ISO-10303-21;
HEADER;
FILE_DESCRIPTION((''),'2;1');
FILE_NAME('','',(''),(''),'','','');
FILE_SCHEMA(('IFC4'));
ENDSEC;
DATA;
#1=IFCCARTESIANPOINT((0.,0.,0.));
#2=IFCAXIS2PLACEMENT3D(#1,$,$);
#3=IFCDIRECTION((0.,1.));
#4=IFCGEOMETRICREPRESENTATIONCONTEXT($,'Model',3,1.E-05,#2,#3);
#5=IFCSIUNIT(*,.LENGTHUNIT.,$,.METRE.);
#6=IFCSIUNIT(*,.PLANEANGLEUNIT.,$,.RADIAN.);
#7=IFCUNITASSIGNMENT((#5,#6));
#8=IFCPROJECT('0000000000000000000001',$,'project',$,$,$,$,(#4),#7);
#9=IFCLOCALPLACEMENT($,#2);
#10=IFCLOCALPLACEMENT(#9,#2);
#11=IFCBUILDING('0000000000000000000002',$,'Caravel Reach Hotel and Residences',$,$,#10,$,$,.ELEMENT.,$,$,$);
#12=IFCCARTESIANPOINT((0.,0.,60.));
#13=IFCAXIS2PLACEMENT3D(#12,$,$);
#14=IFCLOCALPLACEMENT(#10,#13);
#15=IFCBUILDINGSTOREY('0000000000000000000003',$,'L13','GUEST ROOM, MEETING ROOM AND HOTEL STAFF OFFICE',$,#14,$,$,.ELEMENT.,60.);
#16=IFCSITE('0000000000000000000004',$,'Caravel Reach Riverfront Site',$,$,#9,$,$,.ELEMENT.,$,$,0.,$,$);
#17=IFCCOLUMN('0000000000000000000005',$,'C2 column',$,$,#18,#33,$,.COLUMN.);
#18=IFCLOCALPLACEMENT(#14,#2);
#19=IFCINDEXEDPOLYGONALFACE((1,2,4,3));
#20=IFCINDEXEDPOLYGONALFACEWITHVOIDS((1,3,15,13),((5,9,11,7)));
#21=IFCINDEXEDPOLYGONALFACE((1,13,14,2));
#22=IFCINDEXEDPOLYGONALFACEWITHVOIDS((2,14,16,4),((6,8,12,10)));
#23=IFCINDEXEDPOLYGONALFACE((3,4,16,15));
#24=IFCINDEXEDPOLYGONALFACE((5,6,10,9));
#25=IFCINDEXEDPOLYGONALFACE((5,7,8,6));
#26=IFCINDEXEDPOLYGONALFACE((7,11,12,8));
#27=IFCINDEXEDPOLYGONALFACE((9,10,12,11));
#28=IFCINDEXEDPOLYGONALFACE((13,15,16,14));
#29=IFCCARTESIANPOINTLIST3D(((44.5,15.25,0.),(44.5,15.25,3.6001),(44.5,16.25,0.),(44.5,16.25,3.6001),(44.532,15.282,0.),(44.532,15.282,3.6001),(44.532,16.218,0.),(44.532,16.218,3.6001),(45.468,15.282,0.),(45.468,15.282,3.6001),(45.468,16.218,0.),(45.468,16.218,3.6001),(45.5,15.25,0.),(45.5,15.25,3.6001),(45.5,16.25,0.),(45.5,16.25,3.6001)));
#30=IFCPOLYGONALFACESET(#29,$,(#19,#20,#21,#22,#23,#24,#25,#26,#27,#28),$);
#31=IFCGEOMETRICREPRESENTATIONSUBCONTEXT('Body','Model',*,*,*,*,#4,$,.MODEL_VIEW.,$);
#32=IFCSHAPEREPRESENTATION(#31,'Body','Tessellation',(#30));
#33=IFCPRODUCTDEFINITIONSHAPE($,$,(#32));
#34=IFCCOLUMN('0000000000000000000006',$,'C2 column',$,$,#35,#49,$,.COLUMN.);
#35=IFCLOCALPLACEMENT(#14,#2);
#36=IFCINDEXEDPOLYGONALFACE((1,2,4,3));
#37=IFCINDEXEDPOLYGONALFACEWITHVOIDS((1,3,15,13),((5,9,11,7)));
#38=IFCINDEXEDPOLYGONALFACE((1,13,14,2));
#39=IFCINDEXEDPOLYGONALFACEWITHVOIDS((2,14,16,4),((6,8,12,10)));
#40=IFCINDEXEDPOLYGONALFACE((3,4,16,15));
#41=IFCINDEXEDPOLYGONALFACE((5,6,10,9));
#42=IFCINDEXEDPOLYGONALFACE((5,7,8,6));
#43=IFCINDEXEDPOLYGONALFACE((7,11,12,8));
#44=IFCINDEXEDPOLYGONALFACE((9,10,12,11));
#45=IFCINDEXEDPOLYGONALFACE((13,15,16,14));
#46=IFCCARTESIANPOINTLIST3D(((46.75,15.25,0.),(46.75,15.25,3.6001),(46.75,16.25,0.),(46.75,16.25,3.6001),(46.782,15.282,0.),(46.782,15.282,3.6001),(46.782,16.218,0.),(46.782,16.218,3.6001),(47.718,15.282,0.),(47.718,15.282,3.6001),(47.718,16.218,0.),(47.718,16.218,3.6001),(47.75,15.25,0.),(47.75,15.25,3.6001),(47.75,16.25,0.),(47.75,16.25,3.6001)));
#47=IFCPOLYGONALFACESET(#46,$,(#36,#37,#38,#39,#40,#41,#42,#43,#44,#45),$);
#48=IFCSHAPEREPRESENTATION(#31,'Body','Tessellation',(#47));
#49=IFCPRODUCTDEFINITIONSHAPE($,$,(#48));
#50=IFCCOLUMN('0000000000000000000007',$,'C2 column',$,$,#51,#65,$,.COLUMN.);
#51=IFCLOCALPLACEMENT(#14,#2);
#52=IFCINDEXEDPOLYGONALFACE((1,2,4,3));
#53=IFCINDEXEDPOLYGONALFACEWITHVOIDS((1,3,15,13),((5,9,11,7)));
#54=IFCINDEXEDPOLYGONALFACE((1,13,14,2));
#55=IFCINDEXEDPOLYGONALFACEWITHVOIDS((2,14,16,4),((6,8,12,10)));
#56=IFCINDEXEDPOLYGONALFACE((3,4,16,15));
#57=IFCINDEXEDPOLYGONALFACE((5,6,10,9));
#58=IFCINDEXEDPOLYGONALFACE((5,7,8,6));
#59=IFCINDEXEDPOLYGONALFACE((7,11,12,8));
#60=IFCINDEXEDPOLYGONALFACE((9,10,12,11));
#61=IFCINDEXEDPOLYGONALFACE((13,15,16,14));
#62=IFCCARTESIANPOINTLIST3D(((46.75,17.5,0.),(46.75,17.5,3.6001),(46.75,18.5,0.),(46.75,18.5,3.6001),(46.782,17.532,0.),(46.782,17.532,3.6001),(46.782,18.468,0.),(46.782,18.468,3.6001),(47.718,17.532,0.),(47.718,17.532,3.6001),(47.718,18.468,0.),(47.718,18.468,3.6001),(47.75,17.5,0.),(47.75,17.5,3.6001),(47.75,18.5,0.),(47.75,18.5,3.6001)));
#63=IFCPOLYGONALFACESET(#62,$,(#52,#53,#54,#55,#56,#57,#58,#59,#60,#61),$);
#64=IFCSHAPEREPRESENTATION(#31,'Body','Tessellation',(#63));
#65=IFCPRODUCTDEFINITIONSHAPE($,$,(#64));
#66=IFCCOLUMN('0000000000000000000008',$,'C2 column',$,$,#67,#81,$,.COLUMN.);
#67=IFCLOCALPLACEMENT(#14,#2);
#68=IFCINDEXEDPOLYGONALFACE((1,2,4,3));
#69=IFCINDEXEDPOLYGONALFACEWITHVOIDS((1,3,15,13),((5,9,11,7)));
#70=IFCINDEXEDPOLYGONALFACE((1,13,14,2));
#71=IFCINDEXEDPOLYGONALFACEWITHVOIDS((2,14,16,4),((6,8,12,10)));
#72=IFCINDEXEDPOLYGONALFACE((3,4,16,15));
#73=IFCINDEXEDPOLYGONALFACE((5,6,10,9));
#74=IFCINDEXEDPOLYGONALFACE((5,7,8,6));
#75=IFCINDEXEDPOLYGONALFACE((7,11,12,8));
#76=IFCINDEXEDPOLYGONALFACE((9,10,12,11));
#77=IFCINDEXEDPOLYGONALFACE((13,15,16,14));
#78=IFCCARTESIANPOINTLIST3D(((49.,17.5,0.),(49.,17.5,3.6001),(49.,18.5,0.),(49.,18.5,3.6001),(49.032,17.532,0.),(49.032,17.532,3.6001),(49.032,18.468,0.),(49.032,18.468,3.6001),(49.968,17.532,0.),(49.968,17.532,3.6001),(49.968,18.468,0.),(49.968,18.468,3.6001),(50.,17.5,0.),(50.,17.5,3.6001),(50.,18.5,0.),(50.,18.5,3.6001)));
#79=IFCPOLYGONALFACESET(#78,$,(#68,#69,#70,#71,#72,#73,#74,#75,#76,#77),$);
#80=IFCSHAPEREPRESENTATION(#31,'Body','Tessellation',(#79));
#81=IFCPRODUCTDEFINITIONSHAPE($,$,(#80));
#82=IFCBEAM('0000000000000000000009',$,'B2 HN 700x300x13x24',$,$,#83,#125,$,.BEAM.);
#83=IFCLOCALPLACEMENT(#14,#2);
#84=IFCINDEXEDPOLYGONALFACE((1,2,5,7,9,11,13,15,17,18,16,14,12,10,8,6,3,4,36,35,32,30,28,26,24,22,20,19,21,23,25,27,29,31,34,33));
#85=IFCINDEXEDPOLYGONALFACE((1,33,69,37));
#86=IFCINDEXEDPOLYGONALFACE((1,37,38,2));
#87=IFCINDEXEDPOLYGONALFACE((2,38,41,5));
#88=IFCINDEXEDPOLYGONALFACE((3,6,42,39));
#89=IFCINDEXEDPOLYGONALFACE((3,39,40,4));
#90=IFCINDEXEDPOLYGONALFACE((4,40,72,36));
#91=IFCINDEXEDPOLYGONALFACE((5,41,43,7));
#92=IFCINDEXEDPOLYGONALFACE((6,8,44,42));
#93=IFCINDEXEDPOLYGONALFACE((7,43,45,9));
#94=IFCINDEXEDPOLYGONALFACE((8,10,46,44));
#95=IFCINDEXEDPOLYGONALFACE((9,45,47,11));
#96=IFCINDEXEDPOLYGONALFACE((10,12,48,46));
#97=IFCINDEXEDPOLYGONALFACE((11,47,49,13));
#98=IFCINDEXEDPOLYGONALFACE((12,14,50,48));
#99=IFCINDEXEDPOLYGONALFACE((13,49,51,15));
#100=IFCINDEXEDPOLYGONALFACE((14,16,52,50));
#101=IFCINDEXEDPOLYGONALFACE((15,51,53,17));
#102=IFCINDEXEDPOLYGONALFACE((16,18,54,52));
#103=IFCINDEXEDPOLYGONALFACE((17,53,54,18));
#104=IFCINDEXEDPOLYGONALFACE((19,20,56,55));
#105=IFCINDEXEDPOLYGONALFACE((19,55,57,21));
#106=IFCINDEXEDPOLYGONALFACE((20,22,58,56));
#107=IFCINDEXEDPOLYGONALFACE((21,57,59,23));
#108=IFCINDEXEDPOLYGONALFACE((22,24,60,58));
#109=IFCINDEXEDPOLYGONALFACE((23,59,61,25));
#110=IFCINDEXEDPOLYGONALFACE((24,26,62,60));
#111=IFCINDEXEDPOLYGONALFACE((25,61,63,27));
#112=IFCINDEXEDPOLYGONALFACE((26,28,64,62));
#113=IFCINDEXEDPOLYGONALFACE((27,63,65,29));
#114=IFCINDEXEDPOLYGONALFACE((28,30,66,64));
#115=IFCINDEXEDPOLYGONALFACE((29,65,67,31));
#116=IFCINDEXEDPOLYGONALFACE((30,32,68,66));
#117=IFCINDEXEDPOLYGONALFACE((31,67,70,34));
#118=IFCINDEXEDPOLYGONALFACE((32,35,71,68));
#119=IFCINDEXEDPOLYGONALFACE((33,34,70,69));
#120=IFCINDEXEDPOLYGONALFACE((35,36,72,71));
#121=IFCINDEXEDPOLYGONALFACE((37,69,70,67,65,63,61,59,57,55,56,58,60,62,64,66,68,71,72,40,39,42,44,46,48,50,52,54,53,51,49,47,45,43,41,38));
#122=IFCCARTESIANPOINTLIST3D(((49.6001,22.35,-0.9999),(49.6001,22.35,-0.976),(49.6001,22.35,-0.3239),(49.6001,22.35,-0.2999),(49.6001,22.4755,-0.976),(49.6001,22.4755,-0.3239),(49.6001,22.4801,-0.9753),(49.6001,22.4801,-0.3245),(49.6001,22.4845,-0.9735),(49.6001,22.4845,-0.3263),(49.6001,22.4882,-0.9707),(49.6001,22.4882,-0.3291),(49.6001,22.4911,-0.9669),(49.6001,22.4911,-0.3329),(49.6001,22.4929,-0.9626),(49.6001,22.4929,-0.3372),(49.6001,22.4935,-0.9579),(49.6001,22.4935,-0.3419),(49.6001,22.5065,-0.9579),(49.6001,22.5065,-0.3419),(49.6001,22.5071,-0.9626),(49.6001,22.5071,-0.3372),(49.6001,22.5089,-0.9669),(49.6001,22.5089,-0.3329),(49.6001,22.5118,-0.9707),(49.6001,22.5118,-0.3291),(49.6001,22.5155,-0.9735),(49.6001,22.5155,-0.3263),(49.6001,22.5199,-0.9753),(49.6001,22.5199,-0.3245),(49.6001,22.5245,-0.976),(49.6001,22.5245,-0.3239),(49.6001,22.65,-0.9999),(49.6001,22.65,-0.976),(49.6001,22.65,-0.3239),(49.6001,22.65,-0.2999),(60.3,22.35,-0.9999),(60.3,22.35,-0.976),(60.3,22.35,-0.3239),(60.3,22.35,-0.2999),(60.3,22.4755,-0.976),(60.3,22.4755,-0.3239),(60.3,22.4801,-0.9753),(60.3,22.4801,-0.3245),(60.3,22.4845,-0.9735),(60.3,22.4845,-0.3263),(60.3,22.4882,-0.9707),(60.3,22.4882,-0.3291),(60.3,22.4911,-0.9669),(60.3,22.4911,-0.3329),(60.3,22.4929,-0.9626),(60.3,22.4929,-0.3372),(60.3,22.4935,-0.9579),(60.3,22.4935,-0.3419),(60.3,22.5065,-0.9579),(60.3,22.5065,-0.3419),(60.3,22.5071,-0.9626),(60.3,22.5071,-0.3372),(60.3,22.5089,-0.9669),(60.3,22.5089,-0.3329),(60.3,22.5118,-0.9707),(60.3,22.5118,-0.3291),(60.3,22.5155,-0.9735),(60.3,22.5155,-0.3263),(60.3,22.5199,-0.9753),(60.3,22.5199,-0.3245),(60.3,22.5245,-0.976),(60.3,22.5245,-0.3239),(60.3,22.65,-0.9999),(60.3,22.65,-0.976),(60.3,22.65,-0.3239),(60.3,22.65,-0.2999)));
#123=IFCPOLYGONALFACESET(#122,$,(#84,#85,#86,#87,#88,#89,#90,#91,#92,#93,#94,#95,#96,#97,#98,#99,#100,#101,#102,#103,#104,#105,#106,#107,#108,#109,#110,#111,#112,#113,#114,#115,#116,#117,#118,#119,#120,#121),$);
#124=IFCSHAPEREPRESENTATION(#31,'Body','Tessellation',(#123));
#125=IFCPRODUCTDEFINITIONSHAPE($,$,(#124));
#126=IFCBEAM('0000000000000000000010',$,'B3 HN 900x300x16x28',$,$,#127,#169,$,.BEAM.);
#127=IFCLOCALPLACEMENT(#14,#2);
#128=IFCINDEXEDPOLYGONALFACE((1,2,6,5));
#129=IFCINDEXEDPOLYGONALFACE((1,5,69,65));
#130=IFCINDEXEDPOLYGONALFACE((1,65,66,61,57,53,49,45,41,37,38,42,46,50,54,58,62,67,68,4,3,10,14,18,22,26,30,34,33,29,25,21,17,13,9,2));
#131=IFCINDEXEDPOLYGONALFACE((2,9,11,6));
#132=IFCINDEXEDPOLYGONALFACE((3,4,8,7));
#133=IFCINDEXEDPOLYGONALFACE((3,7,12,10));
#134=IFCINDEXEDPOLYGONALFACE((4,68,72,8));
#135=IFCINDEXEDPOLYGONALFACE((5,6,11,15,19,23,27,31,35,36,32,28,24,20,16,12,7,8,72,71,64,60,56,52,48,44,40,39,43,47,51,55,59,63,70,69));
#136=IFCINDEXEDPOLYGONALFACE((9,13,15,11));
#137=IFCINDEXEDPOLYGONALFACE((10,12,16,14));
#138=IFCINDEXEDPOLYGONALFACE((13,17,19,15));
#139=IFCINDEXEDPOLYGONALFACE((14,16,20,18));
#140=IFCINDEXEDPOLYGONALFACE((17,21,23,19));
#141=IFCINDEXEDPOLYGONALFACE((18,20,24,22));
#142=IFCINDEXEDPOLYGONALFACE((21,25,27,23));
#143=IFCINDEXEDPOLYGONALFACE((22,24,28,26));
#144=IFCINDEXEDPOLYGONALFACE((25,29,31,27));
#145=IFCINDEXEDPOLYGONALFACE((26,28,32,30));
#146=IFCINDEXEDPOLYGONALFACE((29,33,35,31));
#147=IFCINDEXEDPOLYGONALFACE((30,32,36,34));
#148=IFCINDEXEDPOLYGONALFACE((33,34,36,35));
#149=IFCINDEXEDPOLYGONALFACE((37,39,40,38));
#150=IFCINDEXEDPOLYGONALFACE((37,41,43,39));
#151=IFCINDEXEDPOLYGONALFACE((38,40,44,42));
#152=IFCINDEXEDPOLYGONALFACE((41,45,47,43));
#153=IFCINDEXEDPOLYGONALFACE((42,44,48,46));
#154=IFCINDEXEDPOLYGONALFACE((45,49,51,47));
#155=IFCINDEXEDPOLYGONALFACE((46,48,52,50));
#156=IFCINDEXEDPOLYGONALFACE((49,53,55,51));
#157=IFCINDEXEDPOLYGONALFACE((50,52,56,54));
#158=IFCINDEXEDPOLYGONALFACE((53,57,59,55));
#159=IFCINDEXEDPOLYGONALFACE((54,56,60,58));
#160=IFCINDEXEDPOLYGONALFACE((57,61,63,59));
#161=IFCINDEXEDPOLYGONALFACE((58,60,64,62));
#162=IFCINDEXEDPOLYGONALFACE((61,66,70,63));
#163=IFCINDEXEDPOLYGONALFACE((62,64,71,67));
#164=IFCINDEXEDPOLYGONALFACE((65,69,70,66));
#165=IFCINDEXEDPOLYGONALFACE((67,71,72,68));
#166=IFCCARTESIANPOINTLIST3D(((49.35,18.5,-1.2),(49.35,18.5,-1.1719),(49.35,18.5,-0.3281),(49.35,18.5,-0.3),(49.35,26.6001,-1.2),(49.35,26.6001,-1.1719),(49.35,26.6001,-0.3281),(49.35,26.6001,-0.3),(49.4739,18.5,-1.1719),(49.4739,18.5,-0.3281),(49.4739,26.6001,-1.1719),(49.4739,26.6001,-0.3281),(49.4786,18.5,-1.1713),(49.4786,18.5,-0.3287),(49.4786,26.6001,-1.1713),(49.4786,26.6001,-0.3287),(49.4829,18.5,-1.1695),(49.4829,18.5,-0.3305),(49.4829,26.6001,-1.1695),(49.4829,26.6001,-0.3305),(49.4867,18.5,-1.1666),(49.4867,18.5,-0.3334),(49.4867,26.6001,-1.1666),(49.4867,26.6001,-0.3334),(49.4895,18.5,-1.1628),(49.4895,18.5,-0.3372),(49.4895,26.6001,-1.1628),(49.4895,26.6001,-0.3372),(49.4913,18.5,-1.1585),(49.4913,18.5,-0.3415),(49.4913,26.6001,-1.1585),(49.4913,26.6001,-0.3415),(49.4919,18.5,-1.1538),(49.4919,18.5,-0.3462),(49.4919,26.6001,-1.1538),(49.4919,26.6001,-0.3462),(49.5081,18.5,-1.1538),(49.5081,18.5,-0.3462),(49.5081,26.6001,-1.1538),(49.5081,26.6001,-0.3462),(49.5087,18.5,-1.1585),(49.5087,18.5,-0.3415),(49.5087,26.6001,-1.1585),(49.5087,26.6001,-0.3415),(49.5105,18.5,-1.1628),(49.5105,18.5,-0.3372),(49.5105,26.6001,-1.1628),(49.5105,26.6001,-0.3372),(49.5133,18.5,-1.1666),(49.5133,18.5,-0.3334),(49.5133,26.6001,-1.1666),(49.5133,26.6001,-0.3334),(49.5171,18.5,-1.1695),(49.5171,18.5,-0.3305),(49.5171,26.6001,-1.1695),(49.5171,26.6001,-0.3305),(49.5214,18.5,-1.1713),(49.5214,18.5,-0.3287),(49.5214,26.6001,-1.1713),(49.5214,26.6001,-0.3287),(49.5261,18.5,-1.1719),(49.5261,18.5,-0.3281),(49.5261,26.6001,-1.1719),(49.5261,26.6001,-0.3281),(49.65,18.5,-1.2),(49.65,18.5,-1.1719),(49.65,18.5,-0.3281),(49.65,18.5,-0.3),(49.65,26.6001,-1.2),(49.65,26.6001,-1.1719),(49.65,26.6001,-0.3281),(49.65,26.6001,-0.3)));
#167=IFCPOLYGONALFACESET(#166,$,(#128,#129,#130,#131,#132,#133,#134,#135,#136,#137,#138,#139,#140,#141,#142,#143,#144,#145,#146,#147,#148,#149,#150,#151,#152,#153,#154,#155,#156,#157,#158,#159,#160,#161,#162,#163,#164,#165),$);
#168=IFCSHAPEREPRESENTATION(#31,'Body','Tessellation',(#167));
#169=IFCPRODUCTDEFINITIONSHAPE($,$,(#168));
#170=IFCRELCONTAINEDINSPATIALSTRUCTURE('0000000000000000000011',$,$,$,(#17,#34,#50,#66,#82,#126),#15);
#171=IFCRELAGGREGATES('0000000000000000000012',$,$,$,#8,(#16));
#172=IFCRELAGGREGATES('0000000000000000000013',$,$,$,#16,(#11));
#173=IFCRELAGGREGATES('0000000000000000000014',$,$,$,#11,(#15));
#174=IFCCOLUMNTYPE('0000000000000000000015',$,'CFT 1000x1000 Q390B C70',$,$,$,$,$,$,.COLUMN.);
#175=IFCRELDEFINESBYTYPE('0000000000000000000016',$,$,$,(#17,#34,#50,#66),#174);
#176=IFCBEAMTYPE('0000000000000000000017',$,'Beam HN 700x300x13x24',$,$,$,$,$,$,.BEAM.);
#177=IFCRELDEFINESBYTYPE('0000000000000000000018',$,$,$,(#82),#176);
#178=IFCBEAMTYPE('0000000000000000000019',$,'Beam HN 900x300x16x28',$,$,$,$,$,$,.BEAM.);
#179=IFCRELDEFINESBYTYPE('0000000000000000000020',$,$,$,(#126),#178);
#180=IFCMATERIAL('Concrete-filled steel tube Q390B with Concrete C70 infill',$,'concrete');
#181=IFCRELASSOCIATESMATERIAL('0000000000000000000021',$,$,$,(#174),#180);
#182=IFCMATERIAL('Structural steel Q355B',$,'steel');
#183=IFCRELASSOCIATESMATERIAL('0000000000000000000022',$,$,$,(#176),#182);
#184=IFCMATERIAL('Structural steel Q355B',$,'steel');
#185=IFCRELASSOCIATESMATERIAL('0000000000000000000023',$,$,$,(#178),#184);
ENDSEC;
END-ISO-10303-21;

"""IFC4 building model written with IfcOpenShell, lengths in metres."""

from ifc_helpers import new_model, si_unit, direction, frame, origin, origin_2d, place, context, subcontext, project, spatial, hollow_rectangle, i_section, extrude, material, material_profile, profile_set, type_object, element, save


model = new_model("IFC4")

# Units and contexts
model_context = context("Model", 3, precision=1e-05, world=origin(), true_north=direction((0.0, 1.0)))
body_context = subcontext(model_context, "Body", "Model", "MODEL_VIEW")
ifc_project = project(units=[si_unit("LENGTHUNIT", "METRE"), si_unit("PLANEANGLEUNIT", "RADIAN")], contexts=[model_context])

# Site, building, storey
site_placement = place(None, origin())
site = spatial("IfcSite", under=ifc_project, at=site_placement, Name="Caravel Reach Riverfront Site", CompositionType="ELEMENT", RefElevation=0.0)
building_placement = place(site_placement, origin())
building = spatial("IfcBuilding", under=site, at=building_placement, Name="Caravel Reach Hotel and Residences", CompositionType="ELEMENT")
storey_placement = place(building_placement, frame((0.0, 0.0, 60.0)))
storey = spatial("IfcBuildingStorey", under=building, at=storey_placement, Name="L13", Description="GUEST ROOM, MEETING ROOM AND HOTEL STAFF OFFICE", CompositionType="ELEMENT", Elevation=60.0)

# Columns
ifc_material_1 = material(Name="Concrete-filled steel tube Q390B with Concrete C70 infill", Category="concrete")
ifc_material_profile_1 = material_profile(ifc_material_1, hollow_rectangle(XDim=1.0, YDim=1.0, WallThickness=0.032, at=origin_2d()), Name="RHS 1000x1000x32")
ifc_profile_set_1 = profile_set([ifc_material_profile_1], Name="Concrete-filled steel tube Q390B with Concrete C70 infill")
column_type = type_object("IfcColumnType", Name="CFT 1000x1000 Q390B C70", PredefinedType="COLUMN", material=ifc_profile_set_1)
for number, where, z_axis, x_axis, name in (
    (1, (45.0, 15.75, 0.0), (0.0, 0.0, 1.0), (1.0, 0.0, 0.0), "C2 column"),
    (2, (47.25, 15.75, 0.0), (0.0, 0.0, 1.0), (1.0, 0.0, 0.0), "C2 column"),
    (3, (47.25, 18.0, 0.0), (0.0, 0.0, 1.0), (1.0, 0.0, 0.0), "C2 column"),
    (4, (49.5, 18.0, 0.0), (0.0, 0.0, 1.0), (1.0, 0.0, 0.0), "C2 column"),
):
    element("IfcColumn", number, at=place(storey_placement, frame(where, z_axis=z_axis, x_axis=x_axis)), inside=storey, type_object=column_type, Name=name, PredefinedType="COLUMN", context=body_context, shape_type="SweptSolid", body=[
        extrude(hollow_rectangle(XDim=1.0, YDim=1.0, WallThickness=0.032, at=origin_2d()), origin(), (0.0, 0.0, 1.0), 3.6001),
    ])

# Beams
ifc_material_2 = material(Name="Structural steel Q355B", Category="steel")
ifc_material_profile_2 = material_profile(ifc_material_2, i_section(OverallWidth=0.3, OverallDepth=0.7, WebThickness=0.0129, FlangeThickness=0.0239, FilletRadius=0.0181, at=origin_2d()), Name="HN 700x300x13x24")
ifc_profile_set_2 = profile_set([ifc_material_profile_2], Name="Structural steel Q355B")
beam_type_1 = type_object("IfcBeamType", Name="Beam HN 700x300x13x24", PredefinedType="BEAM", material=ifc_profile_set_2)
beam_1_placement = place(storey_placement, frame((49.6001, 22.5, -0.6499), z_axis=(1.0, 0.0, 0.0), x_axis=(0.0, 1.0, 0.0)))
element("IfcBeam", 5, at=beam_1_placement, inside=storey, type_object=beam_type_1, Name="B2 HN 700x300x13x24", PredefinedType="BEAM", context=body_context, shape_type="SweptSolid", body=[
    extrude(i_section(OverallWidth=0.3, OverallDepth=0.7, WebThickness=0.0129, FlangeThickness=0.0239, FilletRadius=0.0181, at=origin_2d()), origin(), (0.0, 0.0, 1.0), 10.7),
])
ifc_material_3 = material(Name="Structural steel Q355B", Category="steel")
ifc_material_profile_3 = material_profile(ifc_material_3, i_section(OverallWidth=0.3, OverallDepth=0.8999, WebThickness=0.0161, FlangeThickness=0.0281, FilletRadius=0.0181, at=origin_2d()), Name="HN 900x300x16x28")
ifc_profile_set_3 = profile_set([ifc_material_profile_3], Name="Structural steel Q355B")
beam_type_2 = type_object("IfcBeamType", Name="Beam HN 900x300x16x28", PredefinedType="BEAM", material=ifc_profile_set_3)
beam_2_placement = place(storey_placement, frame((49.5, 18.5, -0.75), z_axis=(0.0, 1.0, 0.0), x_axis=(-1.0, 0.0, 0.0)))
element("IfcBeam", 6, at=beam_2_placement, inside=storey, type_object=beam_type_2, Name="B3 HN 900x300x16x28", PredefinedType="BEAM", context=body_context, shape_type="SweptSolid", body=[
    extrude(i_section(OverallWidth=0.3, OverallDepth=0.8999, WebThickness=0.0161, FlangeThickness=0.0281, FilletRadius=0.0181, at=origin_2d()), origin(), (0.0, 0.0, 1.0), 8.1001),
])

save(model, "model.ifc")
